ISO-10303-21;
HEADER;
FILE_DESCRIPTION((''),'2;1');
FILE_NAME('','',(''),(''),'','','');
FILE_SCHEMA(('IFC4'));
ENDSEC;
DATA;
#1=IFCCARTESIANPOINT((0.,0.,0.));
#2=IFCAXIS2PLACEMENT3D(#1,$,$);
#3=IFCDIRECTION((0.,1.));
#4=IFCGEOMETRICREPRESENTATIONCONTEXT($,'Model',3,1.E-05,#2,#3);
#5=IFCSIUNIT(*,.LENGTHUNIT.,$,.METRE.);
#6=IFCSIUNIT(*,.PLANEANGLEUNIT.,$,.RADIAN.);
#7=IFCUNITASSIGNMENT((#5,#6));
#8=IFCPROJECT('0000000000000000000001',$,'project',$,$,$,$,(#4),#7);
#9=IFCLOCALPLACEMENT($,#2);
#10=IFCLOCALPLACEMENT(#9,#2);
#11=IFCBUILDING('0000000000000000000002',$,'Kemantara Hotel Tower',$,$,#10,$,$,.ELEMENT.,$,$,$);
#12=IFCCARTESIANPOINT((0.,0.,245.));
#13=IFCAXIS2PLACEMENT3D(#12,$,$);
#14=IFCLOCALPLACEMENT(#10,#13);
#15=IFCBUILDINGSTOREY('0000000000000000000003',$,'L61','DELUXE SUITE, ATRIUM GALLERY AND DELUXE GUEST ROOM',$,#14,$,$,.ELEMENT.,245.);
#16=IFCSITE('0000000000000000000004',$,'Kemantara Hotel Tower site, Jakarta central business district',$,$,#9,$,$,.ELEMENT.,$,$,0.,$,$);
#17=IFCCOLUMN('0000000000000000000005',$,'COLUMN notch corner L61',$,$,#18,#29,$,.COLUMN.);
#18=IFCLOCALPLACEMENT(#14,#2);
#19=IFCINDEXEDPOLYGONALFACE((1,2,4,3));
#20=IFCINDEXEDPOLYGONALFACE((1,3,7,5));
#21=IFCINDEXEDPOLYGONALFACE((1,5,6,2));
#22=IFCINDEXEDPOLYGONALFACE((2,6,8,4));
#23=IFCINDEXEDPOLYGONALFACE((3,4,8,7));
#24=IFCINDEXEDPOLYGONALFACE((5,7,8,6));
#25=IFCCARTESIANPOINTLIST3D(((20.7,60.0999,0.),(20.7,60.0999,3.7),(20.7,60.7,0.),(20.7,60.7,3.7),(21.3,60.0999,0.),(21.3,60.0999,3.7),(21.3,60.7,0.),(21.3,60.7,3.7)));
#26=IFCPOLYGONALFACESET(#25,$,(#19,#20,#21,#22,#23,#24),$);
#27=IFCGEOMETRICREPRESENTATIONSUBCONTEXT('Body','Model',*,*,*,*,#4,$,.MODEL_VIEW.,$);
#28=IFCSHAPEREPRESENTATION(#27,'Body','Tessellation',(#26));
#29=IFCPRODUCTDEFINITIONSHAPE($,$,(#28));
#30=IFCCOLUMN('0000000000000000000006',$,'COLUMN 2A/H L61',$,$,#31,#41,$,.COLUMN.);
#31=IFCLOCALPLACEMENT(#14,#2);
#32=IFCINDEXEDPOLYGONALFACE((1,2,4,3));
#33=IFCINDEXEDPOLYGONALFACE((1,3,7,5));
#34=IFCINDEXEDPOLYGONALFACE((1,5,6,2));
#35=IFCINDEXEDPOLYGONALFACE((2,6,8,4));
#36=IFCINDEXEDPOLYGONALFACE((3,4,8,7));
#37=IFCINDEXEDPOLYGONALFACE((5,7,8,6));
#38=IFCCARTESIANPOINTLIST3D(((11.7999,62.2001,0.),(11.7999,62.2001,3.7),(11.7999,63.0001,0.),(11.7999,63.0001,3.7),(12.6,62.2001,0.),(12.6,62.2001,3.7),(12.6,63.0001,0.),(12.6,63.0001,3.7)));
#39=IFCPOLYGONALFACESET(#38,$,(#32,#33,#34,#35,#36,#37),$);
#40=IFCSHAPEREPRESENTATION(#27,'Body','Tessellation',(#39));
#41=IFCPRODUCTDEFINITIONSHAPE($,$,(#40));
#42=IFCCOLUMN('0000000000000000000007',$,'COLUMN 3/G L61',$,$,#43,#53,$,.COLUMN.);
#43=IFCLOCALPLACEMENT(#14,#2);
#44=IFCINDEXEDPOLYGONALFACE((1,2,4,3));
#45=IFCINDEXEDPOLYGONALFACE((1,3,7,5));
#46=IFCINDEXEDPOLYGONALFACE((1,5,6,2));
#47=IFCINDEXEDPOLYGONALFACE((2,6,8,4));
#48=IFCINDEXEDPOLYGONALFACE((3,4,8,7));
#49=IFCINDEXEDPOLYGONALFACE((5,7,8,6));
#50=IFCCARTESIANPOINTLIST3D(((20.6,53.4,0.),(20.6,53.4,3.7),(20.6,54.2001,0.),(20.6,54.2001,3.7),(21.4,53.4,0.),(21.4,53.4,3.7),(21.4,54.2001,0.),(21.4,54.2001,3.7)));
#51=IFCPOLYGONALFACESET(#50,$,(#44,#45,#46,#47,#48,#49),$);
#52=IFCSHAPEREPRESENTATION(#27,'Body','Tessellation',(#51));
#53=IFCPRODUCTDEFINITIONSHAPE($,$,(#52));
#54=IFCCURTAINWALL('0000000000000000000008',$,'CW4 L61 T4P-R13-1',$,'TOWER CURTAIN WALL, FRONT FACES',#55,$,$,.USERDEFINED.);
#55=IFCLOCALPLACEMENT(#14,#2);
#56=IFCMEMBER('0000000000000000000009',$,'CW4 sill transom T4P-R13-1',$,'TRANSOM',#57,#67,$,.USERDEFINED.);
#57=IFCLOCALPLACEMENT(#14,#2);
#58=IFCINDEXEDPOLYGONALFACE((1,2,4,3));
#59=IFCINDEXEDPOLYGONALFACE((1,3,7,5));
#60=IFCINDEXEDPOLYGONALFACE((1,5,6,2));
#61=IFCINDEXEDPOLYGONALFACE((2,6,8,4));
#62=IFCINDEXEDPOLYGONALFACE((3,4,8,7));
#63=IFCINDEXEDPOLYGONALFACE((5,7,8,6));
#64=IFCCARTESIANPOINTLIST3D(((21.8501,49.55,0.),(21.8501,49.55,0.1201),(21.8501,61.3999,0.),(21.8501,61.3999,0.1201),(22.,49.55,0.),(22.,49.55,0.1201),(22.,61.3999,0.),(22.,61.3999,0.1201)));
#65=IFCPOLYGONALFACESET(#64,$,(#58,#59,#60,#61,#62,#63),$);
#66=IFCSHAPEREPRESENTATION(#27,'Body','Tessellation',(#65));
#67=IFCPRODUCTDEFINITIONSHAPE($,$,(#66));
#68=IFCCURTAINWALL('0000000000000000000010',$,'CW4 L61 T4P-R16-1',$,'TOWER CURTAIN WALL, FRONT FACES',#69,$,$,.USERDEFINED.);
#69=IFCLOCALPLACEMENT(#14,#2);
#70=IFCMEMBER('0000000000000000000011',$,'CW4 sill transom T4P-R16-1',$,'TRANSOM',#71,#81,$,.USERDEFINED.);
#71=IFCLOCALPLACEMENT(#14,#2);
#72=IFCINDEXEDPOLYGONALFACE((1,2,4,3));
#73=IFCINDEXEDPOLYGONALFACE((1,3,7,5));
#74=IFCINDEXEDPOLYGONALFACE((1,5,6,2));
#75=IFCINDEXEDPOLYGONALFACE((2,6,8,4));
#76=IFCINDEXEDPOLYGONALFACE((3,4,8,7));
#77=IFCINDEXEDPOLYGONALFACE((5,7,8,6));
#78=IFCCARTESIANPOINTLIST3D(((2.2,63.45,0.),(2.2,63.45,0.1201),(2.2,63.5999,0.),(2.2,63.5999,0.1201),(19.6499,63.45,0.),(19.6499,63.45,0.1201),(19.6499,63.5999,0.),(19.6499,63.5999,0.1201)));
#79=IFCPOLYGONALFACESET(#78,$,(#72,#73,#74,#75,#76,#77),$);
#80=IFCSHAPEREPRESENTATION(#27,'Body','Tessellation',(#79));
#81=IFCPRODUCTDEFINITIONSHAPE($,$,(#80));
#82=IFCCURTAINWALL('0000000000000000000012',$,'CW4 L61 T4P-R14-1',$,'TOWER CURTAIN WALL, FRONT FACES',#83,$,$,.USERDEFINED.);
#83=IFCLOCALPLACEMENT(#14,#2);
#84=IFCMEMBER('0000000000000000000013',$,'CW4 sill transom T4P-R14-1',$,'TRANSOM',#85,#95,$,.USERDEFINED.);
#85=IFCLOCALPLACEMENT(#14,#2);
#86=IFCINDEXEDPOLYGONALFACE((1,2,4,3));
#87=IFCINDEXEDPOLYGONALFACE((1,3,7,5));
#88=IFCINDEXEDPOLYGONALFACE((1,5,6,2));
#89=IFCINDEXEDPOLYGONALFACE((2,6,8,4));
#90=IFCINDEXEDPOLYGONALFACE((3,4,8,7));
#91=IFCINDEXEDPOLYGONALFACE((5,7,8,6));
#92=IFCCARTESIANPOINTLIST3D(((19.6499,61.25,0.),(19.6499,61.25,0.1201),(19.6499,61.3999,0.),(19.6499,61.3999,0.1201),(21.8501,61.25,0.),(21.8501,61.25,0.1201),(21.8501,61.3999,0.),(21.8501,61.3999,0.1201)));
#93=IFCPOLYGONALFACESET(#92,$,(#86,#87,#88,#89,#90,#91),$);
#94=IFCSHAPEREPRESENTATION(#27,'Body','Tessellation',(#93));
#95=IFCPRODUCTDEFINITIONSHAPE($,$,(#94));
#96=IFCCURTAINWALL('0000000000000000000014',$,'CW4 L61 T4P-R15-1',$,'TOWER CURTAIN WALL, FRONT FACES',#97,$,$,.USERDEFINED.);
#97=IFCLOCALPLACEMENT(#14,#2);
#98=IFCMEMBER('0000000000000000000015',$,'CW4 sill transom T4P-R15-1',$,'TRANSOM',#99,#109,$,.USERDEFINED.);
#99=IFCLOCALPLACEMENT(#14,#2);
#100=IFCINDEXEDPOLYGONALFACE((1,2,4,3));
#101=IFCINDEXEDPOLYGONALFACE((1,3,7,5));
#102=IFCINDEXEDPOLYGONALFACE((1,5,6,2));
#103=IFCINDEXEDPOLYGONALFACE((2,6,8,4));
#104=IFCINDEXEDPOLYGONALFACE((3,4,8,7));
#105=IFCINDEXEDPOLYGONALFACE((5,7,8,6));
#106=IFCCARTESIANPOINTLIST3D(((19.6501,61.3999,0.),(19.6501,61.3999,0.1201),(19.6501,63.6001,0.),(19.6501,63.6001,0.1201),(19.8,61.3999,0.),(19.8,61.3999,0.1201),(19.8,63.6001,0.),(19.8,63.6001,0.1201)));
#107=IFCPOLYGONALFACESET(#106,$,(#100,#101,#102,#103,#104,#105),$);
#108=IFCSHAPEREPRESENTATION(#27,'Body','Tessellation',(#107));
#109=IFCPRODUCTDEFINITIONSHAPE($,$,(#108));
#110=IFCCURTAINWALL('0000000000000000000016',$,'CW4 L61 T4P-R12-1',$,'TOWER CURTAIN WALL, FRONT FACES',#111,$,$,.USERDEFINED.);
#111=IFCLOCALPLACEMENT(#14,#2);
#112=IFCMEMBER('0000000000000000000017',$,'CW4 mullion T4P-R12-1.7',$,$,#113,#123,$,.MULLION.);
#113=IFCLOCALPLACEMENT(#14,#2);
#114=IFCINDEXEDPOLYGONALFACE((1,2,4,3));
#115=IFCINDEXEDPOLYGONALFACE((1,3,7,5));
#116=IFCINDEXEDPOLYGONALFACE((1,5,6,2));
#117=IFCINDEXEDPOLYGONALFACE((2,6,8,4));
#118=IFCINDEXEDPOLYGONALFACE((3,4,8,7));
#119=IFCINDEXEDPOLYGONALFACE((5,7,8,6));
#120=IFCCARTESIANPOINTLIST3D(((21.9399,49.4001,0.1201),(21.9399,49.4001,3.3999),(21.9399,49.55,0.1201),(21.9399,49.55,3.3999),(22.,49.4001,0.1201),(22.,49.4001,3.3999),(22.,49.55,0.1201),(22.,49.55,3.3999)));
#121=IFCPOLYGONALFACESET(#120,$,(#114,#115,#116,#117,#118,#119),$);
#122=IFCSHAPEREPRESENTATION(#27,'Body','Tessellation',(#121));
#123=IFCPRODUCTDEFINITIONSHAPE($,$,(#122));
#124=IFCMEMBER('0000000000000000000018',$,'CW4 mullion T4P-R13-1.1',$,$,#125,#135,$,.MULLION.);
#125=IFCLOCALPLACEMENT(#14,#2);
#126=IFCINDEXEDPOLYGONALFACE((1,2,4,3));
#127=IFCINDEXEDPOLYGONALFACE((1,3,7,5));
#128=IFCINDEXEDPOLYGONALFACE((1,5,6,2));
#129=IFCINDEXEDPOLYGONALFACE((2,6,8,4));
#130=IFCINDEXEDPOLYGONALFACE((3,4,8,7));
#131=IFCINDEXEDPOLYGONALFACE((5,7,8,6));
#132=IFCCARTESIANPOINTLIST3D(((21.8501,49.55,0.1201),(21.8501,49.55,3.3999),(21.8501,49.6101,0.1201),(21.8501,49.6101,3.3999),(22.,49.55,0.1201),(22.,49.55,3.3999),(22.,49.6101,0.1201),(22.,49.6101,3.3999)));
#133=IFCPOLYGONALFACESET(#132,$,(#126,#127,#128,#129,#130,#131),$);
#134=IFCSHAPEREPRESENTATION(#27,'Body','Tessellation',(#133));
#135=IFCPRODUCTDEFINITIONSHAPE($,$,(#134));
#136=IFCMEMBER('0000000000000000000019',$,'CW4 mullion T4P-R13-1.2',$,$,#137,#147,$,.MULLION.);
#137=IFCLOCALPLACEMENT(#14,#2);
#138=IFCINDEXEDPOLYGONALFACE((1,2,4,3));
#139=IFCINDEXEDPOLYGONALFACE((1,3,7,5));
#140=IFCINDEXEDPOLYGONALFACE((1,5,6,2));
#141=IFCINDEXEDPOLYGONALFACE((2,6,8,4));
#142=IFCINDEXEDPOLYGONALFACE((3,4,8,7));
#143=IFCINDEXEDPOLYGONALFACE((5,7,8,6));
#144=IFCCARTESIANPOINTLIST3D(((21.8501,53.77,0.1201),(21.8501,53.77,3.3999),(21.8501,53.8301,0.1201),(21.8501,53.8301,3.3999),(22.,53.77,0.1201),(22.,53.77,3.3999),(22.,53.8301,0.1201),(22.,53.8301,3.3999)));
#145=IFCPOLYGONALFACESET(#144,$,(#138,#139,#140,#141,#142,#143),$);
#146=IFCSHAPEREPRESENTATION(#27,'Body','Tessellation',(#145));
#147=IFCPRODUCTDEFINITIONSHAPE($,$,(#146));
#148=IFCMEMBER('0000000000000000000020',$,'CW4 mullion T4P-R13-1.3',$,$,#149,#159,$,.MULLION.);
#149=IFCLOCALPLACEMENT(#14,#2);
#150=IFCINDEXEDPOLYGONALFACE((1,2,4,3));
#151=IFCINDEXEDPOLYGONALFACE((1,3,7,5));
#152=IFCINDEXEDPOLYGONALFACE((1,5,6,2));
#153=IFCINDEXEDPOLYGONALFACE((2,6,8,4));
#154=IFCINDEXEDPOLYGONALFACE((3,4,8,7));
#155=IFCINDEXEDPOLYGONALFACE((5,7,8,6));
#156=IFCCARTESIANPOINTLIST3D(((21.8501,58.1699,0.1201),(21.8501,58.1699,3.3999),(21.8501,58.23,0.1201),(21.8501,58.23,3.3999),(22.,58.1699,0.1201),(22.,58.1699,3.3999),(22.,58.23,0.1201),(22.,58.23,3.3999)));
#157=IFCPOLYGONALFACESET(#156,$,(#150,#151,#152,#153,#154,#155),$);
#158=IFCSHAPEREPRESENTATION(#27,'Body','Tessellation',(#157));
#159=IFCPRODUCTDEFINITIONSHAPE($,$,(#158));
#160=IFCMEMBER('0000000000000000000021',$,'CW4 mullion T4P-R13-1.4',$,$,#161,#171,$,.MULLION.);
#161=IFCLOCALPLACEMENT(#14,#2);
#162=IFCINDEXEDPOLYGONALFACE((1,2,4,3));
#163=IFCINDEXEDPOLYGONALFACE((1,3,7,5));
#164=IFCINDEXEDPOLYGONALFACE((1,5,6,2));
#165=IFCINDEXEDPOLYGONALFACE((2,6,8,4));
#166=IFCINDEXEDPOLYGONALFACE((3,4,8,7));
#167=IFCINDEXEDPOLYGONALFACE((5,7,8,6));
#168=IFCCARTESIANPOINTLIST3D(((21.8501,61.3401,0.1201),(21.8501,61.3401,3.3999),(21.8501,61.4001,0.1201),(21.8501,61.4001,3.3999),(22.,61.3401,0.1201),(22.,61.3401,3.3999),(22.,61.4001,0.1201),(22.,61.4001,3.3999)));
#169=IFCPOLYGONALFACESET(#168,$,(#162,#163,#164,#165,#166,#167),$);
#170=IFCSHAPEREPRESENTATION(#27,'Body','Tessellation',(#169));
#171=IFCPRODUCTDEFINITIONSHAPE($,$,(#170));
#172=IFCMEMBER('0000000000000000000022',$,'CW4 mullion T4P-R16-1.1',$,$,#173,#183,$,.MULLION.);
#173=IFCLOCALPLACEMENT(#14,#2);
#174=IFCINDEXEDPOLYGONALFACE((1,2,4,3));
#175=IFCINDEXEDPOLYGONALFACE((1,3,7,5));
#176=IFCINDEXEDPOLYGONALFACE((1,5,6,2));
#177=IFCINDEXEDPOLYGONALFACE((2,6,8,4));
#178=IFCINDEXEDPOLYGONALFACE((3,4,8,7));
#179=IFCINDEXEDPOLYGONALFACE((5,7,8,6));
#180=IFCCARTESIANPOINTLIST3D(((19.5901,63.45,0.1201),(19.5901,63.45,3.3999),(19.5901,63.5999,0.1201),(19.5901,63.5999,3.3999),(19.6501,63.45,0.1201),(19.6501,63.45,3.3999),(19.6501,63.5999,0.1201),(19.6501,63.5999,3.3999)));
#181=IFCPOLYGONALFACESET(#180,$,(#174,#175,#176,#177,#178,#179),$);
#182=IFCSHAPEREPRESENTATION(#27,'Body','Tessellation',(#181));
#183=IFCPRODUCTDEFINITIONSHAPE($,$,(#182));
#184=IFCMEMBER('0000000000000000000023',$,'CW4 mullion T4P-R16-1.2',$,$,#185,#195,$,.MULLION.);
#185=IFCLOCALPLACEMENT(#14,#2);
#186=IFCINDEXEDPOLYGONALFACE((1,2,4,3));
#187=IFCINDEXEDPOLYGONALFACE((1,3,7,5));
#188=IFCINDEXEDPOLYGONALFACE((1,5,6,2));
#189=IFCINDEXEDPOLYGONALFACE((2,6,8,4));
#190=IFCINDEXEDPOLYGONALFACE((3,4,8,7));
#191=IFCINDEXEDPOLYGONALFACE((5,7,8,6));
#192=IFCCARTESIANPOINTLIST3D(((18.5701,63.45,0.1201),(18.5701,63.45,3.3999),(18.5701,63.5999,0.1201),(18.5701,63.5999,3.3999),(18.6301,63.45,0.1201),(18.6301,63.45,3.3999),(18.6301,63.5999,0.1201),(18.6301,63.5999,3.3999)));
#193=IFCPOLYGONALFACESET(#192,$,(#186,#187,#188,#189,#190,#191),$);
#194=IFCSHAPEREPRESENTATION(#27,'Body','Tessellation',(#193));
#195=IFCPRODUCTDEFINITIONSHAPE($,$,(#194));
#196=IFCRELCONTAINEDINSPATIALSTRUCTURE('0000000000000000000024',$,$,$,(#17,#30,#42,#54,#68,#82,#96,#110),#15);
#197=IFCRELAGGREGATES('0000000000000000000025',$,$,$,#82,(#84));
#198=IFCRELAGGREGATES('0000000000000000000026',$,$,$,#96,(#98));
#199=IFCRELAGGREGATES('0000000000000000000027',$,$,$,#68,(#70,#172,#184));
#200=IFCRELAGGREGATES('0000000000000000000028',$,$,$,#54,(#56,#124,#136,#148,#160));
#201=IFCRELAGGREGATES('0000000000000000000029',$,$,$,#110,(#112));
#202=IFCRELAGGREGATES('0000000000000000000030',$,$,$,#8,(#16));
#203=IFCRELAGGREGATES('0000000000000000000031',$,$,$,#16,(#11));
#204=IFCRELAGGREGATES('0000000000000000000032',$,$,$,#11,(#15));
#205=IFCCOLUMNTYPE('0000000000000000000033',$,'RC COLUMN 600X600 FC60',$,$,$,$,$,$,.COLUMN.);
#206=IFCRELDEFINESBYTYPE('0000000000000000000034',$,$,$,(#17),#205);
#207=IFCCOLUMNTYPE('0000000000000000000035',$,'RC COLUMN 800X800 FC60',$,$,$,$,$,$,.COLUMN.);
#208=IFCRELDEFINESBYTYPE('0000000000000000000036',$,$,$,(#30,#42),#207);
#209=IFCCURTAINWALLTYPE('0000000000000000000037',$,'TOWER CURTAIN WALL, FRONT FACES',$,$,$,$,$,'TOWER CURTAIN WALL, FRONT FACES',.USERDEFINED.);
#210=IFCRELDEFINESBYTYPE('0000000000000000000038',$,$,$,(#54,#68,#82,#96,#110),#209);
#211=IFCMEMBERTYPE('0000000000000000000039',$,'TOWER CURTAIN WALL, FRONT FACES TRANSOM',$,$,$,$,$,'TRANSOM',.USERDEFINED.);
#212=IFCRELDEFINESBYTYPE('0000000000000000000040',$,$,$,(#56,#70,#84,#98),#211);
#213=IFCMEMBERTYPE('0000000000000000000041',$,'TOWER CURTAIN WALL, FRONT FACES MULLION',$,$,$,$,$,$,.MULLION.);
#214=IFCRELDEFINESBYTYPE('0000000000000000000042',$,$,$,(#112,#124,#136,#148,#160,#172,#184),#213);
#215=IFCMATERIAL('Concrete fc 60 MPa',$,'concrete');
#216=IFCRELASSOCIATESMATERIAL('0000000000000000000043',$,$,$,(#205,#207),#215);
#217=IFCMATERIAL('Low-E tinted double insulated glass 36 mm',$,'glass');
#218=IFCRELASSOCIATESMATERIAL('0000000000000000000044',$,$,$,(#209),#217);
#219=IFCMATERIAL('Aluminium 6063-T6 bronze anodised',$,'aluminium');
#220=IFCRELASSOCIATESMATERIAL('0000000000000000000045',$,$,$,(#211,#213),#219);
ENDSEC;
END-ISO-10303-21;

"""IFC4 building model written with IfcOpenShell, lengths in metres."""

from ifc_helpers import new_model, si_unit, direction, frame, origin, origin_2d, place, context, subcontext, project, spatial, rectangle, extrude, source, transform, mapped, material, material_profile, profile_set, type_object, element, aggregate, save


model = new_model("IFC4")

# Units and contexts
model_context = context("Model", 3, precision=1e-05, world=origin(), true_north=direction((0.0, 1.0)))
body_context = subcontext(model_context, "Body", "Model", "MODEL_VIEW")
ifc_project = project(units=[si_unit("LENGTHUNIT", "METRE"), si_unit("PLANEANGLEUNIT", "RADIAN")], contexts=[model_context])

# Site, building, storey
site_placement = place(None, origin())
site = spatial("IfcSite", under=ifc_project, at=site_placement, Name="Kemantara Hotel Tower site, Jakarta central business district", CompositionType="ELEMENT", RefElevation=0.0)
building_placement = place(site_placement, origin())
building = spatial("IfcBuilding", under=site, at=building_placement, Name="Kemantara Hotel Tower", CompositionType="ELEMENT")
storey_placement = place(building_placement, frame((0.0, 0.0, 245.0)))
storey = spatial("IfcBuildingStorey", under=building, at=storey_placement, Name="L61", Description="DELUXE SUITE, ATRIUM GALLERY AND DELUXE GUEST ROOM", CompositionType="ELEMENT", Elevation=245.0)

# Columns
ifc_material_1 = material(Name="Concrete fc 60 MPa", Category="concrete")
ifc_material_profile_1 = material_profile(ifc_material_1, rectangle(XDim=0.6001, YDim=0.6001, at=origin_2d()), Name="RC 600X600")
ifc_profile_set_1 = profile_set([ifc_material_profile_1], Name="Concrete fc 60 MPa")
column_type_1 = type_object("IfcColumnType", Name="RC COLUMN 600X600 FC60", PredefinedType="COLUMN", material=ifc_profile_set_1)
column_placement = place(storey_placement, frame((21.0, 60.3999, 0.0), z_axis=(0.0, 0.0, 1.0), x_axis=(1.0, 0.0, 0.0)))
element("IfcColumn", 1, at=column_placement, inside=storey, type_object=column_type_1, Name="COLUMN notch corner L61", PredefinedType="COLUMN", context=body_context, shape_type="SweptSolid", body=[
    extrude(rectangle(XDim=0.6001, YDim=0.6001, at=origin_2d()), origin(), (0.0, 0.0, 1.0), 3.7),
])
ifc_material_profile_2 = material_profile(ifc_material_1, rectangle(XDim=0.8, YDim=0.8, at=origin_2d()), Name="RC 800X800")
ifc_profile_set_2 = profile_set([ifc_material_profile_2], Name="Concrete fc 60 MPa")
column_type_2 = type_object("IfcColumnType", Name="RC COLUMN 800X800 FC60", PredefinedType="COLUMN", material=ifc_profile_set_2)
for number, where, z_axis, x_axis, name in (
    (2, (12.2, 62.6001, 0.0), (0.0, 0.0, 1.0), (1.0, 0.0, 0.0), "COLUMN 2A/H L61"),
    (3, (21.0, 53.8, 0.0), (0.0, 0.0, 1.0), (1.0, 0.0, 0.0), "COLUMN 3/G L61"),
):
    element("IfcColumn", number, at=place(storey_placement, frame(where, z_axis=z_axis, x_axis=x_axis)), inside=storey, type_object=column_type_2, Name=name, PredefinedType="COLUMN", context=body_context, shape_type="SweptSolid", body=[
        extrude(rectangle(XDim=0.8, YDim=0.8, at=origin_2d()), origin(), (0.0, 0.0, 1.0), 3.7),
    ])

# Curtain walls, members
ifc_material_2 = material(Name="Low-E tinted double insulated glass 36 mm", Category="glass")
curtain_wall_type = type_object("IfcCurtainWallType", Name="TOWER CURTAIN WALL, FRONT FACES", ElementType="TOWER CURTAIN WALL, FRONT FACES", PredefinedType="USERDEFINED", material=ifc_material_2)
curtain_wall_1_placement = place(storey_placement, origin())
curtain_wall_1 = element("IfcCurtainWall", 4, at=curtain_wall_1_placement, inside=storey, type_object=curtain_wall_type, Name="CW4 L61 T4P-R13-1", ObjectType="TOWER CURTAIN WALL, FRONT FACES", PredefinedType="USERDEFINED")
ifc_material_3 = material(Name="Aluminium 6063-T6 bronze anodised", Category="aluminium")
ifc_material_profile_3 = material_profile(ifc_material_3, rectangle(XDim=0.1499, YDim=0.1201, at=origin_2d()), Name="TOWER CURTAIN WALL, FRONT FACES TRANSOM")
ifc_profile_set_3 = profile_set([ifc_material_profile_3], Name="Aluminium 6063-T6 bronze anodised")
member_type_1 = type_object("IfcMemberType", Name="TOWER CURTAIN WALL, FRONT FACES TRANSOM", ElementType="TRANSOM", PredefinedType="USERDEFINED", material=ifc_profile_set_3)
member_1_placement = place(storey_placement, frame((21.925, 49.55, 0.0601), z_axis=(0.0, 1.0, 0.0), x_axis=(-1.0, 0.0, 0.0)))
member_1 = element("IfcMember", 5, at=member_1_placement, type_object=member_type_1, Name="CW4 sill transom T4P-R13-1", ObjectType="TRANSOM", PredefinedType="USERDEFINED", context=body_context, shape_type="SweptSolid", body=[
    extrude(rectangle(XDim=0.1499, YDim=0.1201, at=origin_2d()), origin(), (0.0, 0.0, 1.0), 11.8499),
])
curtain_wall_2_placement = place(storey_placement, origin())
curtain_wall_2 = element("IfcCurtainWall", 6, at=curtain_wall_2_placement, inside=storey, type_object=curtain_wall_type, Name="CW4 L61 T4P-R16-1", ObjectType="TOWER CURTAIN WALL, FRONT FACES", PredefinedType="USERDEFINED")
member_2_placement = place(storey_placement, frame((19.6499, 63.5249, 0.0601), z_axis=(-1.0, 0.0, 0.0), x_axis=(0.0, -1.0, 0.0)))
member_2 = element("IfcMember", 7, at=member_2_placement, type_object=member_type_1, Name="CW4 sill transom T4P-R16-1", ObjectType="TRANSOM", PredefinedType="USERDEFINED", context=body_context, shape_type="SweptSolid", body=[
    extrude(rectangle(XDim=0.1499, YDim=0.1201, at=origin_2d()), origin(), (0.0, 0.0, 1.0), 17.45),
])
curtain_wall_3_placement = place(storey_placement, origin())
curtain_wall_3 = element("IfcCurtainWall", 8, at=curtain_wall_3_placement, inside=storey, type_object=curtain_wall_type, Name="CW4 L61 T4P-R14-1", ObjectType="TOWER CURTAIN WALL, FRONT FACES", PredefinedType="USERDEFINED")
member_3_placement = place(storey_placement, frame((21.8501, 61.325, 0.0601), z_axis=(-1.0, 0.0, 0.0), x_axis=(0.0, -1.0, 0.0)))
member_3 = element("IfcMember", 9, at=member_3_placement, type_object=member_type_1, Name="CW4 sill transom T4P-R14-1", ObjectType="TRANSOM", PredefinedType="USERDEFINED", context=body_context, shape_type="SweptSolid", body=[
    extrude(rectangle(XDim=0.1499, YDim=0.1201, at=origin_2d()), origin(), (0.0, 0.0, 1.0), 2.2002),
])
curtain_wall_4_placement = place(storey_placement, origin())
curtain_wall_4 = element("IfcCurtainWall", 10, at=curtain_wall_4_placement, inside=storey, type_object=curtain_wall_type, Name="CW4 L61 T4P-R15-1", ObjectType="TOWER CURTAIN WALL, FRONT FACES", PredefinedType="USERDEFINED")
member_4_placement = place(storey_placement, frame((19.7251, 61.3999, 0.0601), z_axis=(0.0, 1.0, 0.0), x_axis=(-1.0, 0.0, 0.0)))
member_4 = element("IfcMember", 11, at=member_4_placement, type_object=member_type_1, Name="CW4 sill transom T4P-R15-1", ObjectType="TRANSOM", PredefinedType="USERDEFINED", context=body_context, shape_type="SweptSolid", body=[
    extrude(rectangle(XDim=0.1499, YDim=0.1201, at=origin_2d()), origin(), (0.0, 0.0, 1.0), 2.2002),
])
curtain_wall_5_placement = place(storey_placement, origin())
curtain_wall_5 = element("IfcCurtainWall", 12, at=curtain_wall_5_placement, inside=storey, type_object=curtain_wall_type, Name="CW4 L61 T4P-R12-1", ObjectType="TOWER CURTAIN WALL, FRONT FACES", PredefinedType="USERDEFINED")
ifc_material_profile_4 = material_profile(ifc_material_3, rectangle(XDim=0.1499, YDim=0.0601, at=origin_2d()), Name="TOWER CURTAIN WALL, FRONT FACES MULLION")
ifc_profile_set_4 = profile_set([ifc_material_profile_4], Name="Aluminium 6063-T6 bronze anodised")
member_type_2 = type_object("IfcMemberType", Name="TOWER CURTAIN WALL, FRONT FACES MULLION", PredefinedType="MULLION", material=ifc_profile_set_4)
shared_shape_1 = source(origin(), body_context, "Body", "SweptSolid", [
    extrude(rectangle(XDim=0.1499, YDim=0.0601, at=origin_2d()), origin(), (0.0, 0.0, 1.0), 3.2798),
])
member_5_placement = place(storey_placement, frame((21.97, 49.4751, 0.1201), z_axis=(0.0, 0.0, 1.0), x_axis=(0.0, 1.0, 0.0)))
member_5 = element("IfcMember", 13, at=member_5_placement, type_object=member_type_2, Name="CW4 mullion T4P-R12-1.7", PredefinedType="MULLION", context=body_context, shape_type="MappedRepresentation", body=[
    mapped(shared_shape_1, transform((0.0, 0.0, 0.0))),
])

# Members
member_6_placement = place(storey_placement, frame((21.925, 49.5801, 0.1201), z_axis=(0.0, 0.0, 1.0), x_axis=(-1.0, 0.0, 0.0)))
member_6 = element("IfcMember", 14, at=member_6_placement, type_object=member_type_2, Name="CW4 mullion T4P-R13-1.1", PredefinedType="MULLION", context=body_context, shape_type="MappedRepresentation", body=[
    mapped(shared_shape_1, transform((0.0, 0.0, 0.0))),
])
member_7_placement = place(storey_placement, frame((21.925, 53.8, 0.1201), z_axis=(0.0, 0.0, 1.0), x_axis=(-1.0, 0.0, 0.0)))
member_7 = element("IfcMember", 15, at=member_7_placement, type_object=member_type_2, Name="CW4 mullion T4P-R13-1.2", PredefinedType="MULLION", context=body_context, shape_type="MappedRepresentation", body=[
    mapped(shared_shape_1, transform((0.0, 0.0, 0.0))),
])
member_8_placement = place(storey_placement, frame((21.925, 58.2, 0.1201), z_axis=(0.0, 0.0, 1.0), x_axis=(-1.0, 0.0, 0.0)))
member_8 = element("IfcMember", 16, at=member_8_placement, type_object=member_type_2, Name="CW4 mullion T4P-R13-1.3", PredefinedType="MULLION", context=body_context, shape_type="MappedRepresentation", body=[
    mapped(shared_shape_1, transform((0.0, 0.0, 0.0))),
])
member_9_placement = place(storey_placement, frame((21.925, 61.3701, 0.1201), z_axis=(0.0, 0.0, 1.0), x_axis=(-1.0, 0.0, 0.0)))
member_9 = element("IfcMember", 17, at=member_9_placement, type_object=member_type_2, Name="CW4 mullion T4P-R13-1.4", PredefinedType="MULLION", context=body_context, shape_type="MappedRepresentation", body=[
    mapped(shared_shape_1, transform((0.0, 0.0, 0.0))),
])
member_10_placement = place(storey_placement, frame((19.6201, 63.5249, 0.1201), z_axis=(0.0, 0.0, 1.0), x_axis=(0.0, -1.0, 0.0)))
member_10 = element("IfcMember", 18, at=member_10_placement, type_object=member_type_2, Name="CW4 mullion T4P-R16-1.1", PredefinedType="MULLION", context=body_context, shape_type="MappedRepresentation", body=[
    mapped(shared_shape_1, transform((0.0, 0.0, 0.0))),
])
member_11_placement = place(storey_placement, frame((18.6001, 63.5249, 0.1201), z_axis=(0.0, 0.0, 1.0), x_axis=(0.0, -1.0, 0.0)))
member_11 = element("IfcMember", 19, at=member_11_placement, type_object=member_type_2, Name="CW4 mullion T4P-R16-1.2", PredefinedType="MULLION", context=body_context, shape_type="MappedRepresentation", body=[
    mapped(shared_shape_1, transform((0.0, 0.0, 0.0))),
])

aggregate(curtain_wall_3, [member_3])
aggregate(curtain_wall_4, [member_4])
aggregate(curtain_wall_2, [member_2, member_10, member_11])
aggregate(curtain_wall_1, [member_1, member_6, member_7, member_8, member_9])
aggregate(curtain_wall_5, [member_5])

save(model, "model.ifc")
